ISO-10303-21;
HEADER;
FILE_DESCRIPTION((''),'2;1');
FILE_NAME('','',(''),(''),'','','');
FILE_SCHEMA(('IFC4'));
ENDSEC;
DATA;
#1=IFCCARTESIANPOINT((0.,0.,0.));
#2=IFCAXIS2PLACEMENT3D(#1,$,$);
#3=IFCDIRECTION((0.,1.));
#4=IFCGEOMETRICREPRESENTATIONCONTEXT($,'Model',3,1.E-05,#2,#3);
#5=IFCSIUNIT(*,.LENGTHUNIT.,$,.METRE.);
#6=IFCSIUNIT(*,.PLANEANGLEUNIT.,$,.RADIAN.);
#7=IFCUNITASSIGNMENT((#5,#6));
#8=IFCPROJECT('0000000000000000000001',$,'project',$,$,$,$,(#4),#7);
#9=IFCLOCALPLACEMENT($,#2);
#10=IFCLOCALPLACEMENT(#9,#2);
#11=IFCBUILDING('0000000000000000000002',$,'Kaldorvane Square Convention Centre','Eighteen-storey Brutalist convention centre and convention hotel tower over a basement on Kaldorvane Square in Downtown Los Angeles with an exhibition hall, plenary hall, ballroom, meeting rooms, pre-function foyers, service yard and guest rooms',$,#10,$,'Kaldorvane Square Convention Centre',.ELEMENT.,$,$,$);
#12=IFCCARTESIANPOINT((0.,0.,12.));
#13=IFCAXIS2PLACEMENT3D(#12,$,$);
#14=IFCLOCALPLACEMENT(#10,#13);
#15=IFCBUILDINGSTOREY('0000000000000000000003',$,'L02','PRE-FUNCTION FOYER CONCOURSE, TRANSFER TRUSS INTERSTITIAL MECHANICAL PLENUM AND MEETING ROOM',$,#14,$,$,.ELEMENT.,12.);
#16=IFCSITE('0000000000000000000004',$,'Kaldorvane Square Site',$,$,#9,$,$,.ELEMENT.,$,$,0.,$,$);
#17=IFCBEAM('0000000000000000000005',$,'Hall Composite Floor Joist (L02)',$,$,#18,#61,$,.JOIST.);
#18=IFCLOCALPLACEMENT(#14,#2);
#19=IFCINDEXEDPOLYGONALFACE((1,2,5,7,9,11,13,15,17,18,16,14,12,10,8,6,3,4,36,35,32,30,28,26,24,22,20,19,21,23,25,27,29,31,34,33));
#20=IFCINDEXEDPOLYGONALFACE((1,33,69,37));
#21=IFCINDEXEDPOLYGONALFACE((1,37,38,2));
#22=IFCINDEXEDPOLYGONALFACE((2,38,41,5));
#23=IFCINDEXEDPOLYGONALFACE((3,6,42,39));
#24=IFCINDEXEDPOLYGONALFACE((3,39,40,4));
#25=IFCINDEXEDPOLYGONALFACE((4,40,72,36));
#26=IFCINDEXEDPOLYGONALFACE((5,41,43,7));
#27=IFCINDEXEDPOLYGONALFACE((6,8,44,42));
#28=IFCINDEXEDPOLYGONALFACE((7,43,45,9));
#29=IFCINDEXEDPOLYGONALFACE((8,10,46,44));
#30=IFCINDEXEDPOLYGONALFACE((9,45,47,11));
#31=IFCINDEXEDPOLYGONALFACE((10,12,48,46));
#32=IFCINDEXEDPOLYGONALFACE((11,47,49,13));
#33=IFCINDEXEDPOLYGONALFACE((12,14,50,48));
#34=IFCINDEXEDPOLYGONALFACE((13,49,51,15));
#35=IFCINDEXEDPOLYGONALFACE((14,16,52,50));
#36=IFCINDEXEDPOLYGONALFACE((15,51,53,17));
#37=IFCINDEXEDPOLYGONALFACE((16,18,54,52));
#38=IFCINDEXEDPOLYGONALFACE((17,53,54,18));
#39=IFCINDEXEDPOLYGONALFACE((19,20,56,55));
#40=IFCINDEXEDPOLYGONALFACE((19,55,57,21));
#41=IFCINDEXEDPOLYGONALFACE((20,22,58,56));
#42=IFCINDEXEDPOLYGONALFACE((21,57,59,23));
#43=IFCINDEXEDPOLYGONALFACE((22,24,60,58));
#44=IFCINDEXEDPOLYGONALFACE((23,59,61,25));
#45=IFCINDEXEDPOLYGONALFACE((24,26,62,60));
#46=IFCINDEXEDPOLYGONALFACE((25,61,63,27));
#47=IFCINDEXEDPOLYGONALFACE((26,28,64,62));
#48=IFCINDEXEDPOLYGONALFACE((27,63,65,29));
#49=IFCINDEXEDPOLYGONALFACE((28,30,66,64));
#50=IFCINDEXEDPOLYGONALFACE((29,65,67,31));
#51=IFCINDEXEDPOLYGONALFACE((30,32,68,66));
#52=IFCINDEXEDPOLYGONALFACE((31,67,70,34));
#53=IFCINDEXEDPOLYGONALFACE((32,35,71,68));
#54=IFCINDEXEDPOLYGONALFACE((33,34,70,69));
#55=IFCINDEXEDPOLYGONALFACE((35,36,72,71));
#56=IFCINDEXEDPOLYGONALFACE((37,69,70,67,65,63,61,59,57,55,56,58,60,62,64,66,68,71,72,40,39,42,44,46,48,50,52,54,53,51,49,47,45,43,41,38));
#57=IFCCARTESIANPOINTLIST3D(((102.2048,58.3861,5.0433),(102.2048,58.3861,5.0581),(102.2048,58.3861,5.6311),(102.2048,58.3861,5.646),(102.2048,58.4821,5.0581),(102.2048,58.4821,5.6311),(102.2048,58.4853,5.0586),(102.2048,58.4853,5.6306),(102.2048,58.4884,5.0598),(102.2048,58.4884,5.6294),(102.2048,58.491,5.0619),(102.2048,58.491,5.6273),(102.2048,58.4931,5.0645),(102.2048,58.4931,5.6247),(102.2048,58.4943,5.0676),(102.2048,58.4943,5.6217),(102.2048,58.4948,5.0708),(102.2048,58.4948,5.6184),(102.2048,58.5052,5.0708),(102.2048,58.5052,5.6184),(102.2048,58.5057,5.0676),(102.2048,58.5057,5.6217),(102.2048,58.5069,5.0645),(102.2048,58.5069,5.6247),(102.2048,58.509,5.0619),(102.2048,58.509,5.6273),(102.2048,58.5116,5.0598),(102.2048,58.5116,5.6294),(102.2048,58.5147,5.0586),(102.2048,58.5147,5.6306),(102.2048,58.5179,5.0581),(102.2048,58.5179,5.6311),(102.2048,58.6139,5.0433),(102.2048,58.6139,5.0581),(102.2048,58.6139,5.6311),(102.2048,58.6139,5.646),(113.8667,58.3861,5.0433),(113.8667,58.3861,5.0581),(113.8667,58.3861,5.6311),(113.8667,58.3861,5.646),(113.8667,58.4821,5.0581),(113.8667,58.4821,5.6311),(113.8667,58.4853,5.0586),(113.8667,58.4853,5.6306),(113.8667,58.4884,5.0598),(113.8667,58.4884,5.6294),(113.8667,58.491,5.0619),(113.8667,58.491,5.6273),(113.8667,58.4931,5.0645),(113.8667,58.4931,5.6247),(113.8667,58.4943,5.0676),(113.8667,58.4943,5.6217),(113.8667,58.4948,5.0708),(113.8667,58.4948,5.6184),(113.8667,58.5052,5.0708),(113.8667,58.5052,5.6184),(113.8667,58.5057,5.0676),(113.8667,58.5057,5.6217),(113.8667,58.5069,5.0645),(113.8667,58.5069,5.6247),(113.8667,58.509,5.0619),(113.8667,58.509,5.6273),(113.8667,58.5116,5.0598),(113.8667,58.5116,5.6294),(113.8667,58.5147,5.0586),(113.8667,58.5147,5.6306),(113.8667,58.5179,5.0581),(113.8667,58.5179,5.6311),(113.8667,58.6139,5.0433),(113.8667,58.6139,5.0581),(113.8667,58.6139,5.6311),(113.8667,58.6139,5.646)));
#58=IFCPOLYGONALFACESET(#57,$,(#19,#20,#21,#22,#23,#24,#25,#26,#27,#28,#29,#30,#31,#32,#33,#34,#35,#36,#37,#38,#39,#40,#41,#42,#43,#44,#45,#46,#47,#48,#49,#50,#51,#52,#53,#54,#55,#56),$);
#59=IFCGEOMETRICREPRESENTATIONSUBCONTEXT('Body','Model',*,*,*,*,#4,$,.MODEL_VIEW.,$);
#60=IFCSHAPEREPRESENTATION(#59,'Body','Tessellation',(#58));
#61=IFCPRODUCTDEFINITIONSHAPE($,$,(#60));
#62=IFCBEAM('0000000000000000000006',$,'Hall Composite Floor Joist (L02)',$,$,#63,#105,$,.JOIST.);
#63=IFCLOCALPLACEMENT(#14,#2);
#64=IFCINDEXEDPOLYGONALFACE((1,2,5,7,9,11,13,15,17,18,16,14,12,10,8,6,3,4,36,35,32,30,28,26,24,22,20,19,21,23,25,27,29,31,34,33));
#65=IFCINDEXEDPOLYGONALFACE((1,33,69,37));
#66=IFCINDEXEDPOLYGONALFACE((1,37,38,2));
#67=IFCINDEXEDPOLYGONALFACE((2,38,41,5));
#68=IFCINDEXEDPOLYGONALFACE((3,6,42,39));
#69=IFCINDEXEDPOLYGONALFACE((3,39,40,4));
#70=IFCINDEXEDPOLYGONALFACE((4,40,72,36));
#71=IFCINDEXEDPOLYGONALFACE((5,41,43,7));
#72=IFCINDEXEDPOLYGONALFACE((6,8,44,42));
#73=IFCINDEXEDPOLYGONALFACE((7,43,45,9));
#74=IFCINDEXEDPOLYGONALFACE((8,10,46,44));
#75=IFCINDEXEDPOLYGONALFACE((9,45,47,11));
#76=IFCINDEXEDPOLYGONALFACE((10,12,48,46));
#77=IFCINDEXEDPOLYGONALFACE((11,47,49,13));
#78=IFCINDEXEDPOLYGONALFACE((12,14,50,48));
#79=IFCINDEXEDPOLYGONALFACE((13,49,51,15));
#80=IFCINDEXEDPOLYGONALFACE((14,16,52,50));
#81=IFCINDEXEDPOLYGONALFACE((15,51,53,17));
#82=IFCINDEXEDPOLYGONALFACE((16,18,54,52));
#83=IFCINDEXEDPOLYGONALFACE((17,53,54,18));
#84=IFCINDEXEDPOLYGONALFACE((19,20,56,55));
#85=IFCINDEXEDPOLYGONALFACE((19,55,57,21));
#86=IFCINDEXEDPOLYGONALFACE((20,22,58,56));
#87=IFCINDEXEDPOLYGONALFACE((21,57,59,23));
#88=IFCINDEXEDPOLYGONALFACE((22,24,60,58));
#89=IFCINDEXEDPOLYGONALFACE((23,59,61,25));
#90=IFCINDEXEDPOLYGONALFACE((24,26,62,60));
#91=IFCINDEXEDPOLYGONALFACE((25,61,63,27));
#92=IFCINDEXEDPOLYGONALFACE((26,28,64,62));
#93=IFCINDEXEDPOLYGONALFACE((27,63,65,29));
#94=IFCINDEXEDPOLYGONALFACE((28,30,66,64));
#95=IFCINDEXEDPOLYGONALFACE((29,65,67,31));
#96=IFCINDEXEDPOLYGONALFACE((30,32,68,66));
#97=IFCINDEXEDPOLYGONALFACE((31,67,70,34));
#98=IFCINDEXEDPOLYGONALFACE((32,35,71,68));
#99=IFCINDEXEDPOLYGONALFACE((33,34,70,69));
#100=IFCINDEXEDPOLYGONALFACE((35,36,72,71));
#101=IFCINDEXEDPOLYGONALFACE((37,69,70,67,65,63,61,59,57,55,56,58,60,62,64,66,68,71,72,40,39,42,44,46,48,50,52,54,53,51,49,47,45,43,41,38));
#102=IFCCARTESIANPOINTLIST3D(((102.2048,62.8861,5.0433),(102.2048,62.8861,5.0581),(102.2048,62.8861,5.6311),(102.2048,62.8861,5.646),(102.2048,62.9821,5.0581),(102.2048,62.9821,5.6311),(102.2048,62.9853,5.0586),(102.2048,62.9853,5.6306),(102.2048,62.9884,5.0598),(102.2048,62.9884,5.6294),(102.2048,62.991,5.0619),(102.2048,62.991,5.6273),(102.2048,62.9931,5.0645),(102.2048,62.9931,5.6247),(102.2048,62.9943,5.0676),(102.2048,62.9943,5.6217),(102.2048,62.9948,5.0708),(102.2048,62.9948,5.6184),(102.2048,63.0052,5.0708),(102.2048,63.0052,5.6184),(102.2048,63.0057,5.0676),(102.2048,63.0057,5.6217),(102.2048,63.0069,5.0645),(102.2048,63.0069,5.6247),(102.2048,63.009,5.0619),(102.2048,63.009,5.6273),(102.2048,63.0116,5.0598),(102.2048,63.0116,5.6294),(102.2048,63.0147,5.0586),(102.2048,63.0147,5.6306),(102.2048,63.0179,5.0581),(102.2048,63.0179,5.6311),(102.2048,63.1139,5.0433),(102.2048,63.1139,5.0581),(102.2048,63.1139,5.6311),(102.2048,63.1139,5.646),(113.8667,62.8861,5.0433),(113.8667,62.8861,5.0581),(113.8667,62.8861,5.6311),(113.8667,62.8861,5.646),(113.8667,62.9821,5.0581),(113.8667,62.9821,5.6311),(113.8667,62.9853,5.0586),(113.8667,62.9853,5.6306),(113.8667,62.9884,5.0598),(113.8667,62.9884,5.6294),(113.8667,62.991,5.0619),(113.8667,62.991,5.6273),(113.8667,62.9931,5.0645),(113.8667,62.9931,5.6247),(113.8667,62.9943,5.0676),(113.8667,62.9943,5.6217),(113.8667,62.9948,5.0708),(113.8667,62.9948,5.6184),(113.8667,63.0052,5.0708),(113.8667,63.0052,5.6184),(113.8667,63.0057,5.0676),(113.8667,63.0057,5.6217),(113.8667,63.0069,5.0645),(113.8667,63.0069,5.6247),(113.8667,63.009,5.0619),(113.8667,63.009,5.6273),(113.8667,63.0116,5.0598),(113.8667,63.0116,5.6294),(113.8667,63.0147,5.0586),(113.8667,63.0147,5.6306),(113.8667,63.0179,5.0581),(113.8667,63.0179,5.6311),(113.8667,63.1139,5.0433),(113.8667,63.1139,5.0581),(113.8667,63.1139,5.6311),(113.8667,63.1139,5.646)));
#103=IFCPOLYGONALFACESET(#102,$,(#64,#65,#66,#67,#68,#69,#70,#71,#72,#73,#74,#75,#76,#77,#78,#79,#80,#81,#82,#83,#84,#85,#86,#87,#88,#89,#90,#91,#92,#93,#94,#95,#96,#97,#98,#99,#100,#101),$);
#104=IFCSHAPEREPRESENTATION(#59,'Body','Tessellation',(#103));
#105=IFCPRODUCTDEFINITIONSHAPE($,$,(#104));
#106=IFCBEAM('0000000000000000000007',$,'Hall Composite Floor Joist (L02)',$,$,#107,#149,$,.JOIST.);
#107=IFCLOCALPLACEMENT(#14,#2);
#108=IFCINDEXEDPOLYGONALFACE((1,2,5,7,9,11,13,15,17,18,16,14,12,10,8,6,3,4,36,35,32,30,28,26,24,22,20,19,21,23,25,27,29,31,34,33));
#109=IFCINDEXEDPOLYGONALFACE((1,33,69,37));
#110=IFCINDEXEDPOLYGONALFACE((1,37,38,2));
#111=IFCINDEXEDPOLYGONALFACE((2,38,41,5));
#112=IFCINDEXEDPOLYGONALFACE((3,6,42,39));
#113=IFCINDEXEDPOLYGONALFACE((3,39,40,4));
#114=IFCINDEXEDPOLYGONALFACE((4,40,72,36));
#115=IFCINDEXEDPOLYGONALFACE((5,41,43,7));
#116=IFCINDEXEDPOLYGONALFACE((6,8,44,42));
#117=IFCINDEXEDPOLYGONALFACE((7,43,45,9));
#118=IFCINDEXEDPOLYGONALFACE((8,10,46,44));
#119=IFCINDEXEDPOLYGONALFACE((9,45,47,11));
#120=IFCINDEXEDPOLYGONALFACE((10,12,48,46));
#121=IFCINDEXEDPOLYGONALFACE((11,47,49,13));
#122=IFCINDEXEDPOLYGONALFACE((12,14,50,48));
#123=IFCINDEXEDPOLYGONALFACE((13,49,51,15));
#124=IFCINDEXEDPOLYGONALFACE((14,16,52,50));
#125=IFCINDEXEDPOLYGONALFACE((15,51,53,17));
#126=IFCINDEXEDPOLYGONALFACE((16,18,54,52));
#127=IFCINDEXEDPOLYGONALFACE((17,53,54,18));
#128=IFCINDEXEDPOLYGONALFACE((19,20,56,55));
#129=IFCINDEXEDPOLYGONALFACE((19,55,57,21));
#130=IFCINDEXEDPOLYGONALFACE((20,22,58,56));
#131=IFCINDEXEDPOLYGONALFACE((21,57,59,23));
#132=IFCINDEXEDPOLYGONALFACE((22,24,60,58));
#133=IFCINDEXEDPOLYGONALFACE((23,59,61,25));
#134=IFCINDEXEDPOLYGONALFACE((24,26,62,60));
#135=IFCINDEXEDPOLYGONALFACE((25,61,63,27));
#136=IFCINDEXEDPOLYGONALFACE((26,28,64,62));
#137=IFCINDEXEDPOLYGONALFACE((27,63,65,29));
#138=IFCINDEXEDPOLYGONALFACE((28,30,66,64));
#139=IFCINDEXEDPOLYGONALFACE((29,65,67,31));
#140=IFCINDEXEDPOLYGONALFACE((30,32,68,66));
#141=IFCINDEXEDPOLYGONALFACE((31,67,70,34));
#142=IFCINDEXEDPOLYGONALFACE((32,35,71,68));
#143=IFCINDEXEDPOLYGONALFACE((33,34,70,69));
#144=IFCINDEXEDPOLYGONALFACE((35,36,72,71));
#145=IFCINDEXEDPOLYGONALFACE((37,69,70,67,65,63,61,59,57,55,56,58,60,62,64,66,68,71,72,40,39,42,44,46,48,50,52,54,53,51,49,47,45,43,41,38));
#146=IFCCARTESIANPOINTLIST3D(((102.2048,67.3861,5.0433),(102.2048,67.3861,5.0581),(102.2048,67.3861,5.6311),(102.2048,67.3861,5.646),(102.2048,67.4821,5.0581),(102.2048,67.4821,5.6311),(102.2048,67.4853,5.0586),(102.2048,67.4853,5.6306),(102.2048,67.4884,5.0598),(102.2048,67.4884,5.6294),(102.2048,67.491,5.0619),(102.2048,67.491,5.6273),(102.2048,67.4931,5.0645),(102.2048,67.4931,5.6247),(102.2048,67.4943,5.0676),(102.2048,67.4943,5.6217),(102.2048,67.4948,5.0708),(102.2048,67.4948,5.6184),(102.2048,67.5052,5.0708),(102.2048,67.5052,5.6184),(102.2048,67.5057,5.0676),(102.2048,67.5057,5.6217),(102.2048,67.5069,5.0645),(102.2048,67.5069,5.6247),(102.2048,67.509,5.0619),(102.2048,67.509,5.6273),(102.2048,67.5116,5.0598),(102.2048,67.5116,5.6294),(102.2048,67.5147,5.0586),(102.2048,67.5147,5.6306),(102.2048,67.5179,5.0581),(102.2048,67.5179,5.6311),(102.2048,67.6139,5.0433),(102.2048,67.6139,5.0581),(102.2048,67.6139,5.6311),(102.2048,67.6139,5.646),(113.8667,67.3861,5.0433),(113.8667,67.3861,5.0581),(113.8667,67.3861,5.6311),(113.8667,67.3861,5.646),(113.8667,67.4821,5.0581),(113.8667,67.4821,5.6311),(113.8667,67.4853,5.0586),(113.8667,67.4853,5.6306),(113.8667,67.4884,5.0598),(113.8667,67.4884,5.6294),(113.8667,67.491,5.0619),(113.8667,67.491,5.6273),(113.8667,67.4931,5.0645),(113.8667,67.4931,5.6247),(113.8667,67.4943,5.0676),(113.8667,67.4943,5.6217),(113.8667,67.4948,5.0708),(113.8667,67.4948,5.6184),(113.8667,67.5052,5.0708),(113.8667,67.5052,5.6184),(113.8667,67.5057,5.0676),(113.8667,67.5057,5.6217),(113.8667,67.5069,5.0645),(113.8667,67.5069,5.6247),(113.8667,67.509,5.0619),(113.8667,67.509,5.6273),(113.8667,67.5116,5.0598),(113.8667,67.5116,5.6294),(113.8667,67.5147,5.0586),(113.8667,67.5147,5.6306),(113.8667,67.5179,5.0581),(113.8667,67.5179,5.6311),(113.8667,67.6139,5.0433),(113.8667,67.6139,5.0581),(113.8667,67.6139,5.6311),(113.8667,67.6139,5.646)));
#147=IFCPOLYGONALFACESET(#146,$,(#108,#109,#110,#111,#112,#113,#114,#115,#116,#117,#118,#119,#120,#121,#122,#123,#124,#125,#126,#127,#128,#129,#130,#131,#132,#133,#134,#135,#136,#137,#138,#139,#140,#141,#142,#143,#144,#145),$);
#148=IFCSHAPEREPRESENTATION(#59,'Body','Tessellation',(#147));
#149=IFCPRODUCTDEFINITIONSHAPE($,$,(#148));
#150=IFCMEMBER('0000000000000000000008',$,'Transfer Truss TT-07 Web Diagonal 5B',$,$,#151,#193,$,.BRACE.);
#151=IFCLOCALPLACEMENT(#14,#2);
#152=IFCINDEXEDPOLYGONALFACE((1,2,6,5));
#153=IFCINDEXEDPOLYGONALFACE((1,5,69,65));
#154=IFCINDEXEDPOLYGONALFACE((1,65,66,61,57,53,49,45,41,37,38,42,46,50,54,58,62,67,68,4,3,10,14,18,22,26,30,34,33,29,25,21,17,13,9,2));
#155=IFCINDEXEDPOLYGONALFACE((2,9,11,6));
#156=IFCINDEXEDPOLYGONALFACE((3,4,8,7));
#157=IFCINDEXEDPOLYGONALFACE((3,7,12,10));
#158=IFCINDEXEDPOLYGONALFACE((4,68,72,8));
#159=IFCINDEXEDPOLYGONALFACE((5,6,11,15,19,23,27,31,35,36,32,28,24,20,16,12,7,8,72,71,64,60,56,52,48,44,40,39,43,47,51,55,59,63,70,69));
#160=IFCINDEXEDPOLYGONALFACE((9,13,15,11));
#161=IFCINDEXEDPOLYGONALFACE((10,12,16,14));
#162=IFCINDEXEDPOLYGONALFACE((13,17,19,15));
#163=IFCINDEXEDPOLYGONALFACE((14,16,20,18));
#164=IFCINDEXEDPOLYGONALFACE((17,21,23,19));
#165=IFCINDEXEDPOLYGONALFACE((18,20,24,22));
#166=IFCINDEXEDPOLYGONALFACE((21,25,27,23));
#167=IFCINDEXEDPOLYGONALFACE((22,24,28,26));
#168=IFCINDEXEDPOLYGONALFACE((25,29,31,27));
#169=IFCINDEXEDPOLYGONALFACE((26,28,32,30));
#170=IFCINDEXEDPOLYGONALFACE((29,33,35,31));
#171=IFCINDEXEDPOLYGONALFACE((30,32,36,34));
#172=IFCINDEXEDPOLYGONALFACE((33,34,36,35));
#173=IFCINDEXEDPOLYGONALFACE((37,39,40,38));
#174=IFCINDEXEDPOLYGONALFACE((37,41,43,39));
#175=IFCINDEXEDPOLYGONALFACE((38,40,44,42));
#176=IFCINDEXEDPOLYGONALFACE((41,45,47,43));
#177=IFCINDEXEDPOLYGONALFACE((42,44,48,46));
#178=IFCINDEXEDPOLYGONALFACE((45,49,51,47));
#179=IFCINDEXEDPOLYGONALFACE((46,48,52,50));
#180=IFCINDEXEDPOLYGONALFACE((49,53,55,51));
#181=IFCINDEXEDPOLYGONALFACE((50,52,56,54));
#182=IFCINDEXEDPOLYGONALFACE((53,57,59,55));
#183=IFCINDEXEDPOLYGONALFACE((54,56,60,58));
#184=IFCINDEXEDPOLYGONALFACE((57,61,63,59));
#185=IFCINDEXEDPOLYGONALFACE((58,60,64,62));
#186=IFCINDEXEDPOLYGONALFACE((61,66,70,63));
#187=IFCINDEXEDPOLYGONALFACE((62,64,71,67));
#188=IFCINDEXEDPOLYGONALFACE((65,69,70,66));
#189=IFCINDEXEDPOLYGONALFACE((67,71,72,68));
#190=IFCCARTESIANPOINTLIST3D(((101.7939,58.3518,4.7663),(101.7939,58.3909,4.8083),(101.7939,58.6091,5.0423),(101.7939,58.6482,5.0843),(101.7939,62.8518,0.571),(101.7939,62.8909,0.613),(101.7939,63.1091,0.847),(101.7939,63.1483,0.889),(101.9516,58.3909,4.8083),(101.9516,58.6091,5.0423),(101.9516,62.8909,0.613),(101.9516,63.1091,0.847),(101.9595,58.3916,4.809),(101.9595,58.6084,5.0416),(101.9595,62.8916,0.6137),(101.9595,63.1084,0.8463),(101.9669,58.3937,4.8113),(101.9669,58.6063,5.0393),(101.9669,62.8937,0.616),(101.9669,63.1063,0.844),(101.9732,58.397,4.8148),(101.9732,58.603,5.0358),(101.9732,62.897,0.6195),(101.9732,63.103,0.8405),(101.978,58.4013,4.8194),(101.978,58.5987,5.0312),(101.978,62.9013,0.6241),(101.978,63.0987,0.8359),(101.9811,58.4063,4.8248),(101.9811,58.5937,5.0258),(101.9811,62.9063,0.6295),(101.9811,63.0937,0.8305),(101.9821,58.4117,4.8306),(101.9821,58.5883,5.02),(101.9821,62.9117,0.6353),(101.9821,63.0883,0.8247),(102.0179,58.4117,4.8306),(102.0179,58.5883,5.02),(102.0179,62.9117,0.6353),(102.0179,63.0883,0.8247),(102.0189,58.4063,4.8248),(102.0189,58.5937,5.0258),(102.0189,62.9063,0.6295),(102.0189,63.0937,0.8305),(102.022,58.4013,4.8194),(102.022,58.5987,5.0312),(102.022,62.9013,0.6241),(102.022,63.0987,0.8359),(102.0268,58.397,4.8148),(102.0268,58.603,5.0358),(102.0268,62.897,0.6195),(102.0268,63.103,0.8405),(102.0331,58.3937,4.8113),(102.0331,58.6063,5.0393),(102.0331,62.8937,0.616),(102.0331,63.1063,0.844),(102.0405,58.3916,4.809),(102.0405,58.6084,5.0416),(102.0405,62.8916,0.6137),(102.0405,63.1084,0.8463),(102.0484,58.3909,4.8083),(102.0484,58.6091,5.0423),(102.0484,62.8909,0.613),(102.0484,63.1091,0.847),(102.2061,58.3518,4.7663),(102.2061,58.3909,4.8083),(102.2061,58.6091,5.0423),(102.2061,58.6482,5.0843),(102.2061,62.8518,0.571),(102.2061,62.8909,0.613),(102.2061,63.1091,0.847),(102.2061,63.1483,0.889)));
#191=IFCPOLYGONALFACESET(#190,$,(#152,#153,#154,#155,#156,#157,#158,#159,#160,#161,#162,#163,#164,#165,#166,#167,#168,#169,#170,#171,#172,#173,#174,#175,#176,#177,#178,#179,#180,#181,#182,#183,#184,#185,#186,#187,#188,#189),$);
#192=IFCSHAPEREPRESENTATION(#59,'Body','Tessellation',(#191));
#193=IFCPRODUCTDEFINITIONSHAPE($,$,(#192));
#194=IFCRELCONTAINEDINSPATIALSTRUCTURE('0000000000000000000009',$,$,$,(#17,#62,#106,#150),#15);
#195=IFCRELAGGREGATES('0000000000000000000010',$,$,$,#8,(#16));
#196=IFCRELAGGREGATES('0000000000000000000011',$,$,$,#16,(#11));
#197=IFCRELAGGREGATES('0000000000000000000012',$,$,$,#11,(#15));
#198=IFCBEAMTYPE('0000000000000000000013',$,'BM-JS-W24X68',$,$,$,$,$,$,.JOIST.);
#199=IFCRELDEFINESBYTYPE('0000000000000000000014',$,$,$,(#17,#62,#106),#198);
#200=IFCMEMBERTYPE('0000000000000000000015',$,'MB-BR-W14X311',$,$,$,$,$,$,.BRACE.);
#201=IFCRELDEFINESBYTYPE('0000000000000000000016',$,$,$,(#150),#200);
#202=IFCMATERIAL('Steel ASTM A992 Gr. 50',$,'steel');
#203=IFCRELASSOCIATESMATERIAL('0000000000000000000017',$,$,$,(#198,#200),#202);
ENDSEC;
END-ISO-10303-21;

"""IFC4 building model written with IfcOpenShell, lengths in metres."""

from ifc_helpers import new_model, si_unit, direction, frame, origin, origin_2d, place, context, subcontext, project, spatial, i_section, extrude, material, material_profile, profile_set, type_object, element, save


model = new_model("IFC4")

# Units and contexts
model_context = context("Model", 3, precision=1e-05, world=origin(), true_north=direction((0.0, 1.0)))
body_context = subcontext(model_context, "Body", "Model", "MODEL_VIEW")
ifc_project = project(units=[si_unit("LENGTHUNIT", "METRE"), si_unit("PLANEANGLEUNIT", "RADIAN")], contexts=[model_context])

# Site, building, storey
site_placement = place(None, origin())
site = spatial("IfcSite", under=ifc_project, at=site_placement, Name="Kaldorvane Square Site", CompositionType="ELEMENT", RefElevation=0.0)
building_placement = place(site_placement, origin())
building = spatial("IfcBuilding", under=site, at=building_placement, Name="Kaldorvane Square Convention Centre", Description="Eighteen-storey Brutalist convention centre and convention hotel tower over a basement on Kaldorvane Square in Downtown Los Angeles with an exhibition hall, plenary hall, ballroom, meeting rooms, pre-function foyers, service yard and guest rooms", LongName="Kaldorvane Square Convention Centre", CompositionType="ELEMENT")
storey_placement = place(building_placement, frame((0.0, 0.0, 12.0)))
storey = spatial("IfcBuildingStorey", under=building, at=storey_placement, Name="L02", Description="PRE-FUNCTION FOYER CONCOURSE, TRANSFER TRUSS INTERSTITIAL MECHANICAL PLENUM AND MEETING ROOM", CompositionType="ELEMENT", Elevation=12.0)

# Beams
ifc_material_1 = material(Name="Steel ASTM A992 Gr. 50", Category="steel")
ifc_material_profile_1 = material_profile(ifc_material_1, i_section(OverallWidth=0.2277, OverallDepth=0.6027, WebThickness=0.0105, FlangeThickness=0.0149, FilletRadius=0.0127, at=origin_2d()), Name="W24X68")
ifc_profile_set_1 = profile_set([ifc_material_profile_1], Name="Steel ASTM A992 Gr. 50")
beam_type_1 = type_object("IfcBeamType", Name="BM-JS-W24X68", PredefinedType="JOIST", material=ifc_profile_set_1)
for number, where, z_axis, x_axis, name in (
    (1, (102.2048, 58.5, 5.3446), (1.0, 0.0, 0.0), (0.0, 1.0, 0.0), "Hall Composite Floor Joist (L02)"),
    (2, (102.2048, 63.0, 5.3446), (1.0, 0.0, 0.0), (0.0, 1.0, 0.0), "Hall Composite Floor Joist (L02)"),
    (3, (102.2048, 67.5, 5.3446), (1.0, 0.0, 0.0), (0.0, 1.0, 0.0), "Hall Composite Floor Joist (L02)"),
):
    element("IfcBeam", number, at=place(storey_placement, frame(where, z_axis=z_axis, x_axis=x_axis)), inside=storey, type_object=beam_type_1, Name=name, PredefinedType="JOIST", context=body_context, shape_type="SweptSolid", body=[
        extrude(i_section(OverallWidth=0.2277, OverallDepth=0.6027, WebThickness=0.0105, FlangeThickness=0.0149, FilletRadius=0.0127, at=origin_2d()), origin(), (0.0, 0.0, 1.0), 11.6619),
    ])

# Member
ifc_material_profile_2 = material_profile(ifc_material_1, i_section(OverallWidth=0.4122, OverallDepth=0.4348, WebThickness=0.0358, FlangeThickness=0.0574, FilletRadius=0.0305, at=origin_2d()), Name="W14X311")
ifc_profile_set_2 = profile_set([ifc_material_profile_2], Name="Steel ASTM A992 Gr. 50")
member_type_1 = type_object("IfcMemberType", Name="MB-BR-W14X311", PredefinedType="BRACE", material=ifc_profile_set_2)
member_1_placement = place(storey_placement, frame((102.0, 58.5, 4.9253), z_axis=(0.0, 0.731436, -0.68191), x_axis=(-1.0, 0.0, 0.0)))
element("IfcMember", 4, at=member_1_placement, inside=storey, type_object=member_type_1, Name="Transfer Truss TT-07 Web Diagonal 5B", PredefinedType="BRACE", context=body_context, shape_type="SweptSolid", body=[
    extrude(i_section(OverallWidth=0.4122, OverallDepth=0.4348, WebThickness=0.0358, FlangeThickness=0.0574, FilletRadius=0.0305, at=origin_2d()), origin(), (0.0, 0.0, 1.0), 6.1523),
])

save(model, "model.ifc")
